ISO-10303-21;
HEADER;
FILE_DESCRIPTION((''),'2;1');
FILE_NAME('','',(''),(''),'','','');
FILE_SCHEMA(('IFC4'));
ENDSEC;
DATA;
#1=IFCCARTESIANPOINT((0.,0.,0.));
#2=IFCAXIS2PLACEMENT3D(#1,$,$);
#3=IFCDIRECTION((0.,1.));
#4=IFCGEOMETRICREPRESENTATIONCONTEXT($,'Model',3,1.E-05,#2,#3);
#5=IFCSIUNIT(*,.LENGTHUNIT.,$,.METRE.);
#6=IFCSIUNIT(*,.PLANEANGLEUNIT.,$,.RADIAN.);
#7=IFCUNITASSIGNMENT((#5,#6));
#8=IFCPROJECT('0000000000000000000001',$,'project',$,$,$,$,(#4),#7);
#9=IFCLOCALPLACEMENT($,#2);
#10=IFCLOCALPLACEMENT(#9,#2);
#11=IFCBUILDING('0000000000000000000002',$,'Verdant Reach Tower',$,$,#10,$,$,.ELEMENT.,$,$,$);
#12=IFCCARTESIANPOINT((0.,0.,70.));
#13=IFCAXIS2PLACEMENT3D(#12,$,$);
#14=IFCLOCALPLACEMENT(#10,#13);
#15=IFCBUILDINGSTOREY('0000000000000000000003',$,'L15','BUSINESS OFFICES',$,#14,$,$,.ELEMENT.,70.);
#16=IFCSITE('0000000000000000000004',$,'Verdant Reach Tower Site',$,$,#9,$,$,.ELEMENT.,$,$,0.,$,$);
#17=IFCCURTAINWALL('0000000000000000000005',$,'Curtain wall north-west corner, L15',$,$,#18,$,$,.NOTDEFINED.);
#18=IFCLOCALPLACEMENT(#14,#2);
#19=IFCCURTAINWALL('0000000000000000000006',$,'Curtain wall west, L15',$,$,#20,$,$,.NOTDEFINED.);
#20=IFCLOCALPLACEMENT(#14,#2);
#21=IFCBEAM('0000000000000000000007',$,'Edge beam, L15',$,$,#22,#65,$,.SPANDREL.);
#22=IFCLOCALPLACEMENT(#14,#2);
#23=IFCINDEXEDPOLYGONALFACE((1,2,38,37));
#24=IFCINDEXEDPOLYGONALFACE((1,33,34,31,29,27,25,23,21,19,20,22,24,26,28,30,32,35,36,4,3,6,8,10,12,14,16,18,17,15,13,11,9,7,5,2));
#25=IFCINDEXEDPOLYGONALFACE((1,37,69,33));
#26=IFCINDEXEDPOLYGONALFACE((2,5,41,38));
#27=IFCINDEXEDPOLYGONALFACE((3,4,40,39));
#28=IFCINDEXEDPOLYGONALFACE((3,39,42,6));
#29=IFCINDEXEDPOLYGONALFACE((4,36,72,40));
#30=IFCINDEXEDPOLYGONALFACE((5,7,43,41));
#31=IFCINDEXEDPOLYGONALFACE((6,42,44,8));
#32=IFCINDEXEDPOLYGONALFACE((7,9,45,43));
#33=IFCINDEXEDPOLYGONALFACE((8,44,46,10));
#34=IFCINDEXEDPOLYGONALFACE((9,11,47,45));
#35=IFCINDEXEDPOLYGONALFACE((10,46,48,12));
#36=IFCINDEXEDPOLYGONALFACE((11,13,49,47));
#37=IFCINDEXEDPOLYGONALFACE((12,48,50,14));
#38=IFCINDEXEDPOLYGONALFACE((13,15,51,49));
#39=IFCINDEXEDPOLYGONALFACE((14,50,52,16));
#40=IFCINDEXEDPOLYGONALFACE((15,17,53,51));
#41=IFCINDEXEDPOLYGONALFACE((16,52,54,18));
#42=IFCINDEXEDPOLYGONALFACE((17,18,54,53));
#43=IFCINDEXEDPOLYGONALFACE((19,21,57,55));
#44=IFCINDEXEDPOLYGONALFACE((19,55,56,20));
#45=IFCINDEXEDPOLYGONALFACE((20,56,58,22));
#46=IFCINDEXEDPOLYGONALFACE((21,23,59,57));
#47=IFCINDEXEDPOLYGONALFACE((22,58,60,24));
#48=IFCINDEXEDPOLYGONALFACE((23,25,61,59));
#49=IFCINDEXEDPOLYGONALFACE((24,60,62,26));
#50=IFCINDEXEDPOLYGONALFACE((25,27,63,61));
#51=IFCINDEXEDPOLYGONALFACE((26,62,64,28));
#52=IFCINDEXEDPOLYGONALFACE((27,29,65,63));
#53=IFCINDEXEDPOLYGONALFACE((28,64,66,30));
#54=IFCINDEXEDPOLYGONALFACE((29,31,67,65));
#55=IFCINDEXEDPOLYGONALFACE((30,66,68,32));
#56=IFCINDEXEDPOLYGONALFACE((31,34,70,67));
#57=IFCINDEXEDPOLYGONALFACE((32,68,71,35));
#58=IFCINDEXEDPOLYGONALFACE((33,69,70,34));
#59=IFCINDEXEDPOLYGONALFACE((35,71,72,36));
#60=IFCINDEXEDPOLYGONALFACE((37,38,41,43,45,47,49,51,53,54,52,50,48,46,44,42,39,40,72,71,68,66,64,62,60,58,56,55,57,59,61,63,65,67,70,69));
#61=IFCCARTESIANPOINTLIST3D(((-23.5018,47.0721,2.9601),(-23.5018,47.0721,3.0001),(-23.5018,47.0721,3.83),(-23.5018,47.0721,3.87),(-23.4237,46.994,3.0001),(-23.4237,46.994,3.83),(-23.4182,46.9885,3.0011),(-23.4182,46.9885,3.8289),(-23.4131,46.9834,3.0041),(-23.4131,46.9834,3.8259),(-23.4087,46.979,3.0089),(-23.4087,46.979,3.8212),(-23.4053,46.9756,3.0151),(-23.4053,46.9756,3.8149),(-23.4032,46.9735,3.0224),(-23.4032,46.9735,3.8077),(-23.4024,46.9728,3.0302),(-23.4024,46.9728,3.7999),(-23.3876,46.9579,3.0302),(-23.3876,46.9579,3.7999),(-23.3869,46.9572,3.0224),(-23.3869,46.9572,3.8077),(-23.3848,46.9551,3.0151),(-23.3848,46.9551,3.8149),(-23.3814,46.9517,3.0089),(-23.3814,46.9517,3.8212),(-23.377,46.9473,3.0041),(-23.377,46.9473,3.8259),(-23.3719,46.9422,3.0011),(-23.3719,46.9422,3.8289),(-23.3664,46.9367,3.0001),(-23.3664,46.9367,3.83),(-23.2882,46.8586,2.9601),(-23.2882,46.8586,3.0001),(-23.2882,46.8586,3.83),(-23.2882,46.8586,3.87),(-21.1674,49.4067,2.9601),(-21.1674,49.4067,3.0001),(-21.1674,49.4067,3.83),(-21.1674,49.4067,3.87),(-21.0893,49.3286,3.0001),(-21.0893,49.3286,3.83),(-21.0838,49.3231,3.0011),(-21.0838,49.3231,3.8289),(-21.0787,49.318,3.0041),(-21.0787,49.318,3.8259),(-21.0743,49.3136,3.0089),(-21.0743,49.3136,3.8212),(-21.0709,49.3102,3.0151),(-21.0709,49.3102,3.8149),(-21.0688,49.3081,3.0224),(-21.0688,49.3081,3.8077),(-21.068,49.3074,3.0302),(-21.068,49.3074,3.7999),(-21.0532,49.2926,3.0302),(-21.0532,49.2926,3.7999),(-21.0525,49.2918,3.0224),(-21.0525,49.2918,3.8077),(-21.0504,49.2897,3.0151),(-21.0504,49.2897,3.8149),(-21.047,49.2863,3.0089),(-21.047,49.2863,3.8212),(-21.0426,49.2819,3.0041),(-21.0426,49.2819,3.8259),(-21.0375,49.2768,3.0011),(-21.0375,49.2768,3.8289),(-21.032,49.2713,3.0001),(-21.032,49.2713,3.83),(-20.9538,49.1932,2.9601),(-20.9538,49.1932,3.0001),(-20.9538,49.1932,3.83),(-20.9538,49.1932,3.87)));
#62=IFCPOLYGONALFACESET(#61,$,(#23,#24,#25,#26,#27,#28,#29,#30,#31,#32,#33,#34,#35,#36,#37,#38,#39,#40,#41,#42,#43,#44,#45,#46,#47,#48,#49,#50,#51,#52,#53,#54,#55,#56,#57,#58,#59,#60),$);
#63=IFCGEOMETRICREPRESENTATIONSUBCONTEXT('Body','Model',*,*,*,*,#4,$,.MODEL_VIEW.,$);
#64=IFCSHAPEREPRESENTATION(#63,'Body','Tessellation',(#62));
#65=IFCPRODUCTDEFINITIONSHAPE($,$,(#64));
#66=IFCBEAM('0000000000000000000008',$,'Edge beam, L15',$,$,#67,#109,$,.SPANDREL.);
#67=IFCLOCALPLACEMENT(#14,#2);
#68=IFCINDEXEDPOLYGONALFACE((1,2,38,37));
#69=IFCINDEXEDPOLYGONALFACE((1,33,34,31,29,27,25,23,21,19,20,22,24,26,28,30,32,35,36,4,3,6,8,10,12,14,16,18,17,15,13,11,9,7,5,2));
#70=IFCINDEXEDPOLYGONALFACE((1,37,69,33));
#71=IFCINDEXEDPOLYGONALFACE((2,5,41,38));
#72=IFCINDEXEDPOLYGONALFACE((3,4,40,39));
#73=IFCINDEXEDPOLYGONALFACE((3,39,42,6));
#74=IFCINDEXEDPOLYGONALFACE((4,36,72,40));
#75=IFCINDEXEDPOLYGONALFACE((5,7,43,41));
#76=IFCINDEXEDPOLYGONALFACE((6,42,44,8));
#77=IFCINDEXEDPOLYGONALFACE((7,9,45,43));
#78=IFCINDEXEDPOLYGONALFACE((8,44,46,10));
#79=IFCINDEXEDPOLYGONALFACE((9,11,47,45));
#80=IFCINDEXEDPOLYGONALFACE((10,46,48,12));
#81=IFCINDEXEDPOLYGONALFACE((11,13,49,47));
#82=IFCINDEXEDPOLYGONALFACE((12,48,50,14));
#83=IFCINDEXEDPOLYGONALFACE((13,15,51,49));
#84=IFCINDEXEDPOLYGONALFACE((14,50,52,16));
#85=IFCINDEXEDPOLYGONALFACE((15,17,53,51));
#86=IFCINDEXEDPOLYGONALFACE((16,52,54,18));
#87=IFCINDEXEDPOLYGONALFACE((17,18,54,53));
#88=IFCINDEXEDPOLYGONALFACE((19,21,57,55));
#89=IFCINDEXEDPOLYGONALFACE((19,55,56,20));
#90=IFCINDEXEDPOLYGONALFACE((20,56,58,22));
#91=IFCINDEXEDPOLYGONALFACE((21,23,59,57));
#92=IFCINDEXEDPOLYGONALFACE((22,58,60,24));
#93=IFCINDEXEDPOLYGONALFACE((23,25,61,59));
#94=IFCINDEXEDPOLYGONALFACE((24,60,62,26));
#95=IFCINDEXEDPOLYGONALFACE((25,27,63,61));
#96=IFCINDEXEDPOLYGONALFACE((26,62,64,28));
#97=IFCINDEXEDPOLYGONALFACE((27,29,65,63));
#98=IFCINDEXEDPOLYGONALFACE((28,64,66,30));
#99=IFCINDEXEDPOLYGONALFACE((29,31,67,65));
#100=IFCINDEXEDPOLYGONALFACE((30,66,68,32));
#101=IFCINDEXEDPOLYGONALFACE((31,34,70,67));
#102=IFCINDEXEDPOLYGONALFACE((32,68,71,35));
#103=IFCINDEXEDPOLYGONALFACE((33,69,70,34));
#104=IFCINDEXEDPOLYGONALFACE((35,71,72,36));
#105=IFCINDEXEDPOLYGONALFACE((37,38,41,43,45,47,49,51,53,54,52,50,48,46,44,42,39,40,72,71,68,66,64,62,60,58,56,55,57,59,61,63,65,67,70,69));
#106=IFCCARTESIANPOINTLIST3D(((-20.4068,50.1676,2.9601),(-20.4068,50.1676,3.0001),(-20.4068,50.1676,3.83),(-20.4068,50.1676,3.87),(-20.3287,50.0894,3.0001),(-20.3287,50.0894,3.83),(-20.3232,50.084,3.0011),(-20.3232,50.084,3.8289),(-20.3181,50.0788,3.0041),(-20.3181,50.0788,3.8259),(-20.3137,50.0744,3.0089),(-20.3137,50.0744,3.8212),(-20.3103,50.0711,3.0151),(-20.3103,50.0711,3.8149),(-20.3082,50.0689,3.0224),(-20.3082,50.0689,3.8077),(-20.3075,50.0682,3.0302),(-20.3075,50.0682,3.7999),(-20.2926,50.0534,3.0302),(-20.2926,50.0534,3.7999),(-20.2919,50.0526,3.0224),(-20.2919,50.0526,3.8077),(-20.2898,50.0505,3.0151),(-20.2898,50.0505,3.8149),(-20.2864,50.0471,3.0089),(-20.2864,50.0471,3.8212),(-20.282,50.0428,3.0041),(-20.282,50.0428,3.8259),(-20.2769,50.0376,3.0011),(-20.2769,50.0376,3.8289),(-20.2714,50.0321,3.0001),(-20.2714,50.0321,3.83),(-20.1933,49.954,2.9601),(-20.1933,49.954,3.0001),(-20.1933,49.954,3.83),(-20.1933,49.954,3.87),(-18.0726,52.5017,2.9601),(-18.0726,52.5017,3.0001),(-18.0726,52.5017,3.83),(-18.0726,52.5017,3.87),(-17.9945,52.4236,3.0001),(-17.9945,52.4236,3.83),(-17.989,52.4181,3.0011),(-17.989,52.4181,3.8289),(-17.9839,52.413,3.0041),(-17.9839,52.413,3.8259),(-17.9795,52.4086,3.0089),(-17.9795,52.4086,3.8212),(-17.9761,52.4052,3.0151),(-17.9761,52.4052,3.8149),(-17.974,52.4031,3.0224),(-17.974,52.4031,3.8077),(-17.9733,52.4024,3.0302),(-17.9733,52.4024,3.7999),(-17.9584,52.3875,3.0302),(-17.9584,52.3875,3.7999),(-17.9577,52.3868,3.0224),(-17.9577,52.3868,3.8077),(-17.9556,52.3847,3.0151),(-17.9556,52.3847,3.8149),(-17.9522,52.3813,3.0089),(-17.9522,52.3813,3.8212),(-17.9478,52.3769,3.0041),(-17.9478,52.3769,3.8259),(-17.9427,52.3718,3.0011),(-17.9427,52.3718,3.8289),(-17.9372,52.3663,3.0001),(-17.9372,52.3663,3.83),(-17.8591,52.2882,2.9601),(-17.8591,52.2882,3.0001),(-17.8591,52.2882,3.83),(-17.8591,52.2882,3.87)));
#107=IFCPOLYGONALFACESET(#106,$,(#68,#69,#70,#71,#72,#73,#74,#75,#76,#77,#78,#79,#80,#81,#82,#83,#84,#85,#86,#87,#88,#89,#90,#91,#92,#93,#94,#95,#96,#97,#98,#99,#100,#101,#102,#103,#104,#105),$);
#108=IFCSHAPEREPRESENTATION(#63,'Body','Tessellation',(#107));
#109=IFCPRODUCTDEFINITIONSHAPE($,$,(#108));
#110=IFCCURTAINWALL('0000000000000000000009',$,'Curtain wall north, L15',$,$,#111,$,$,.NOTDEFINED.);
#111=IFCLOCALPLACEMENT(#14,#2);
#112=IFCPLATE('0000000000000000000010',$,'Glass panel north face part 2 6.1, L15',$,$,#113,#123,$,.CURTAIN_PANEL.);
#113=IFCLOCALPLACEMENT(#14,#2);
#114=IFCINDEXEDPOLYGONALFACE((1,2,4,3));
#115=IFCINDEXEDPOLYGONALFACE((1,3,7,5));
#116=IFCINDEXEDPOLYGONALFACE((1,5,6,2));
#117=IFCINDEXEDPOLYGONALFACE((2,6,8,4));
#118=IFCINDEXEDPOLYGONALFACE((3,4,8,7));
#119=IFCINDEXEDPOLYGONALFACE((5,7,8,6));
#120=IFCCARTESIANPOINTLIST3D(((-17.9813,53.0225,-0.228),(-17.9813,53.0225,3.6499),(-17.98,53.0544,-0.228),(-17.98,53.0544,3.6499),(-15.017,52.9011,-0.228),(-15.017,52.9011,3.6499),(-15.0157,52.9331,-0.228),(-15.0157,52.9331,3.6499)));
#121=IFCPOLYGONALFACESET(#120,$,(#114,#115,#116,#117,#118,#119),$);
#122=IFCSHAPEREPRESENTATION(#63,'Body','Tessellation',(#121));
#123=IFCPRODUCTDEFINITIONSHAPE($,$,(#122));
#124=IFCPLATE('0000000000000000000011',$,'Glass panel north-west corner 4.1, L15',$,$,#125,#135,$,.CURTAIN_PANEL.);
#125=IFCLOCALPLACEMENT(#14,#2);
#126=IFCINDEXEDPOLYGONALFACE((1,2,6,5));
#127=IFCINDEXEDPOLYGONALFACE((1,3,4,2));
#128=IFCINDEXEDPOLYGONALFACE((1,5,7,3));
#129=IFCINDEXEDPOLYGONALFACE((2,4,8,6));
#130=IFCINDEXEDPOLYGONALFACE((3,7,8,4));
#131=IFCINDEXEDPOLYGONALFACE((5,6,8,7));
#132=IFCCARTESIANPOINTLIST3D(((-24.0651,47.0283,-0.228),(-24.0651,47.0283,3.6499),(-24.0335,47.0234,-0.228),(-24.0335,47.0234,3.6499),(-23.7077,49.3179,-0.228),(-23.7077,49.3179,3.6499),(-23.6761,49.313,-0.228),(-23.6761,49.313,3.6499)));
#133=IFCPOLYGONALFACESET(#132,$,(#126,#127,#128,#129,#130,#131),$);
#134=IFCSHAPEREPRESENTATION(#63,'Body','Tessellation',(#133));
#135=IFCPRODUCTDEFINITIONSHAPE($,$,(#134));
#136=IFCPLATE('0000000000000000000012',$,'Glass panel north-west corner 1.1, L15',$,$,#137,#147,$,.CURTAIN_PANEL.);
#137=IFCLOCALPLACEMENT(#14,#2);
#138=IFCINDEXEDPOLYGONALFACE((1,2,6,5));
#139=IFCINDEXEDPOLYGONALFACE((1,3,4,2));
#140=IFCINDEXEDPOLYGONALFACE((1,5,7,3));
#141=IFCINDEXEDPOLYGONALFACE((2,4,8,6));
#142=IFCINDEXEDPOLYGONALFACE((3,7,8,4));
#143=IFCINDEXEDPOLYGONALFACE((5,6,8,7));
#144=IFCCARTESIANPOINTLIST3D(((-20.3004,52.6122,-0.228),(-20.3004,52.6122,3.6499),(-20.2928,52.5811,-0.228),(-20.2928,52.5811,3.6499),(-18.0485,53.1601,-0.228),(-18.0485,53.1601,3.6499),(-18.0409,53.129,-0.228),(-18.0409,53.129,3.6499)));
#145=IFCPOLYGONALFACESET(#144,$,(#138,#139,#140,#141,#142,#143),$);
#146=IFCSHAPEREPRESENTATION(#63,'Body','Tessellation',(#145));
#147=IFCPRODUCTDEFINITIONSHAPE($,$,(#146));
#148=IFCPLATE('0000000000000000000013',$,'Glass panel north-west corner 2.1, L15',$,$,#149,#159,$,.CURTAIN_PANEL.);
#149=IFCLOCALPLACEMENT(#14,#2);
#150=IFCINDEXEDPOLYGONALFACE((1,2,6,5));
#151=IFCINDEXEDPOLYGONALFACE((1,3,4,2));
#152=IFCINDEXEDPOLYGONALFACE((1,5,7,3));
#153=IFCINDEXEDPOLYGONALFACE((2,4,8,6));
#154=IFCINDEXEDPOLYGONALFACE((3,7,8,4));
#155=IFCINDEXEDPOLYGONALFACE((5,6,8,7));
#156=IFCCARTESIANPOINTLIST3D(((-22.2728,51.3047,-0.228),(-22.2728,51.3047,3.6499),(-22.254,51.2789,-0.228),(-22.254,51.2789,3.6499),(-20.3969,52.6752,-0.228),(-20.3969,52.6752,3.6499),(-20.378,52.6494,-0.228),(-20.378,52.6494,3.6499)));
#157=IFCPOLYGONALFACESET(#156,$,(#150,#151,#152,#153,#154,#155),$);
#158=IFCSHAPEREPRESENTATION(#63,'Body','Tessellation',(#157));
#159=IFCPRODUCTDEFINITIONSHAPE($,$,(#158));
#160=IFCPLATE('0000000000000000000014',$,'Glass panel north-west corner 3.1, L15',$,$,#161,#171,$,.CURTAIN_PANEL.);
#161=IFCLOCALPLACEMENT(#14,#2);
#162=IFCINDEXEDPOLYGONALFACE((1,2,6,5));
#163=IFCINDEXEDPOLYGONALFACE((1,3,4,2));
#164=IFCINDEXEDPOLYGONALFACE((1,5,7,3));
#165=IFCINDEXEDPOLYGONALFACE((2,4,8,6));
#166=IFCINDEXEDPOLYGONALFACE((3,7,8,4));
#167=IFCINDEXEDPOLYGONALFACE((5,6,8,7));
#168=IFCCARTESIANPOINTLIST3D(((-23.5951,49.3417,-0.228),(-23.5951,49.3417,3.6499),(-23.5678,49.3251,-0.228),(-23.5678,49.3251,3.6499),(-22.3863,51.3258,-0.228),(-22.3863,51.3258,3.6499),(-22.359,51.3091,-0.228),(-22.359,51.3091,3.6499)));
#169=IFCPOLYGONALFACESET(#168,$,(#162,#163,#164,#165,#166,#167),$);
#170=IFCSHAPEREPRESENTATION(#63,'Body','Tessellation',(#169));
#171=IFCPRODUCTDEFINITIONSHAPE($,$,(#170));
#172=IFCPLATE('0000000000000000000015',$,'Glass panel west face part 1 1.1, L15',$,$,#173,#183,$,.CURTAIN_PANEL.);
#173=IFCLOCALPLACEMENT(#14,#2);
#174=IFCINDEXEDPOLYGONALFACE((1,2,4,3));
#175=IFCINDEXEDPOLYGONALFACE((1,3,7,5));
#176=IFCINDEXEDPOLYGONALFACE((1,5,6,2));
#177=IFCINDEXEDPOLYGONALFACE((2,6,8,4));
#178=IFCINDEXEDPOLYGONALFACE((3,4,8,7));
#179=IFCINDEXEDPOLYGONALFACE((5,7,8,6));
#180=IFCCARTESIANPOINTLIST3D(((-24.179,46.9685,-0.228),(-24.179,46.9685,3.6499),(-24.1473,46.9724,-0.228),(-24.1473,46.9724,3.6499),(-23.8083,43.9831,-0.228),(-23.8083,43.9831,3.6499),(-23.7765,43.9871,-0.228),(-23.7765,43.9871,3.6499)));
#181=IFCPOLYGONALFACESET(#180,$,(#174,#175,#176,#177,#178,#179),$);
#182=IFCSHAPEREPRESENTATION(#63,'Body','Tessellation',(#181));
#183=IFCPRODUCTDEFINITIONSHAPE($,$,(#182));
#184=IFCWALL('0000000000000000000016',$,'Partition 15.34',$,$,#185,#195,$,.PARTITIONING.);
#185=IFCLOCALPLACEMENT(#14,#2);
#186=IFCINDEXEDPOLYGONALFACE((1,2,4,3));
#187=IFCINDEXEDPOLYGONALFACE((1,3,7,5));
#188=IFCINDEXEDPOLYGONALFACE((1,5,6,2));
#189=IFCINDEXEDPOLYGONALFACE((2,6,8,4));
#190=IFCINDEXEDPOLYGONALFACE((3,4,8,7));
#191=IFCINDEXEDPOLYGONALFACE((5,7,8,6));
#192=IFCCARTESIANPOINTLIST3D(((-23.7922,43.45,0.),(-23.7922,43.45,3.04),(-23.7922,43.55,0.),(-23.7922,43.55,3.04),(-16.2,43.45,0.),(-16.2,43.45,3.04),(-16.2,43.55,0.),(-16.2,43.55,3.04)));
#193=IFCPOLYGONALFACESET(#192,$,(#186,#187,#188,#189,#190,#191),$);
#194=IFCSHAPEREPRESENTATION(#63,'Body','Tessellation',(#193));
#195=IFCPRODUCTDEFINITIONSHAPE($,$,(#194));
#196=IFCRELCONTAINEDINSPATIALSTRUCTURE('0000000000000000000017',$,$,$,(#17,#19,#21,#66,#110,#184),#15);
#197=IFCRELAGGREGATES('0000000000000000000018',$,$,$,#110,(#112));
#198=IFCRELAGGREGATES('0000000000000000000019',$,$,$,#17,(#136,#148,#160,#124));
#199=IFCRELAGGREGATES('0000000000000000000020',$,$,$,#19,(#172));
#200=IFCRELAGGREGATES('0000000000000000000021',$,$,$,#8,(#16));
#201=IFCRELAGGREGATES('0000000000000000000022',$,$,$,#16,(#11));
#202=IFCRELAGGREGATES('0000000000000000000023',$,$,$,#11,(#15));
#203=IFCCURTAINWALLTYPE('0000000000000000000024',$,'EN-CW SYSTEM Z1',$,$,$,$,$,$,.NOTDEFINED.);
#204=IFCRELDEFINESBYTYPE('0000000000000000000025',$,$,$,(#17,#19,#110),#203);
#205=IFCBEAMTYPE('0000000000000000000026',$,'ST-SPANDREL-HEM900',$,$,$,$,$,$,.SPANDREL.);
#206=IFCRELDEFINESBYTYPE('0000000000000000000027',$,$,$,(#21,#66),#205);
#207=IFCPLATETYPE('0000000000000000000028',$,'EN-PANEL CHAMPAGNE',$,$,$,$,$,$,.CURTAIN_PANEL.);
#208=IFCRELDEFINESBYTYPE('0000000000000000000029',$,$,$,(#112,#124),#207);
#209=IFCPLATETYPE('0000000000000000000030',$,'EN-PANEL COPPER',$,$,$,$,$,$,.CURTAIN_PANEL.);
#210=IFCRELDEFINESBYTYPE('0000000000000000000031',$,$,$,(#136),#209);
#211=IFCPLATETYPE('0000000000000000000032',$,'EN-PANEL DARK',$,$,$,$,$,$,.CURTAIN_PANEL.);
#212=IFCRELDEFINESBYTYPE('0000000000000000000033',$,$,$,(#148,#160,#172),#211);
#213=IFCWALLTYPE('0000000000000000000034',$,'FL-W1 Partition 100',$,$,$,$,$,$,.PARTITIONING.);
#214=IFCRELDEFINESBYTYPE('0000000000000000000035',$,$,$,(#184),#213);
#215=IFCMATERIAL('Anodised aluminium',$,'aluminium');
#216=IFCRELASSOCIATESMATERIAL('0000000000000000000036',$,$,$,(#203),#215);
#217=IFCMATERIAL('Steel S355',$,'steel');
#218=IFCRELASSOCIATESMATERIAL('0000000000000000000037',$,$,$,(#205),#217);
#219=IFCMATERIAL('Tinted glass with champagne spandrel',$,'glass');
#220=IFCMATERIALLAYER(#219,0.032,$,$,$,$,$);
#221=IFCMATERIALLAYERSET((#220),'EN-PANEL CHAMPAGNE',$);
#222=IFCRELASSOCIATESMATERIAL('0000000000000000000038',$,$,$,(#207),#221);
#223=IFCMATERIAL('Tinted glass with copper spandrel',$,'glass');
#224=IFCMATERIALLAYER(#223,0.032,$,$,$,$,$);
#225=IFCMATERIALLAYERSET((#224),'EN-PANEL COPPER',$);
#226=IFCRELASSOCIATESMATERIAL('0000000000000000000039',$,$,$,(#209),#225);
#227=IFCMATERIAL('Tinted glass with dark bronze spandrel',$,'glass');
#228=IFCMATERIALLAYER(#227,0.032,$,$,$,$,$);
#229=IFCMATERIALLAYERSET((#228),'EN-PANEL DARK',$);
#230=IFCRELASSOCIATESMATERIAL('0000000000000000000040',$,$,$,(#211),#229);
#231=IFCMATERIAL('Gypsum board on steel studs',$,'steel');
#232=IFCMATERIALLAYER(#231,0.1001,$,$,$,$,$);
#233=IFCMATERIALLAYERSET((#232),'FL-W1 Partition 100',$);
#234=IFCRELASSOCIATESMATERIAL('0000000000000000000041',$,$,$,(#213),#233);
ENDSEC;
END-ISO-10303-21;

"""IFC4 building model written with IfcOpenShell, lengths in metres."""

from ifc_helpers import new_model, si_unit, direction, frame, frame_2d, origin, origin_2d, place, context, subcontext, project, spatial, rectangle, i_section, extrude, material, layer, layer_set, material_profile, profile_set, type_object, element, aggregate, save


model = new_model("IFC4")

# Units and contexts
model_context = context("Model", 3, precision=1e-05, world=origin(), true_north=direction((0.0, 1.0)))
body_context = subcontext(model_context, "Body", "Model", "MODEL_VIEW")
ifc_project = project(units=[si_unit("LENGTHUNIT", "METRE"), si_unit("PLANEANGLEUNIT", "RADIAN")], contexts=[model_context])

# Site, building, storey
site_placement = place(None, origin())
site = spatial("IfcSite", under=ifc_project, at=site_placement, Name="Verdant Reach Tower Site", CompositionType="ELEMENT", RefElevation=0.0)
building_placement = place(site_placement, origin())
building = spatial("IfcBuilding", under=site, at=building_placement, Name="Verdant Reach Tower", CompositionType="ELEMENT")
storey_placement = place(building_placement, frame((0.0, 0.0, 70.0)))
storey = spatial("IfcBuildingStorey", under=building, at=storey_placement, Name="L15", Description="BUSINESS OFFICES", CompositionType="ELEMENT", Elevation=70.0)

# Curtain walls
ifc_material_1 = material(Name="Anodised aluminium", Category="aluminium")
curtain_wall_type = type_object("IfcCurtainWallType", Name="EN-CW SYSTEM Z1", PredefinedType="NOTDEFINED", material=ifc_material_1)
curtain_wall_1_placement = place(storey_placement, origin())
curtain_wall_1 = element("IfcCurtainWall", 1, at=curtain_wall_1_placement, inside=storey, type_object=curtain_wall_type, Name="Curtain wall north-west corner, L15", PredefinedType="NOTDEFINED")
curtain_wall_2_placement = place(storey_placement, origin())
curtain_wall_2 = element("IfcCurtainWall", 2, at=curtain_wall_2_placement, inside=storey, type_object=curtain_wall_type, Name="Curtain wall west, L15", PredefinedType="NOTDEFINED")

# Beams
ifc_material_2 = material(Name="Steel S355", Category="steel")
ifc_material_profile_1 = material_profile(ifc_material_2, i_section(OverallWidth=0.302, OverallDepth=0.9099, WebThickness=0.021, FlangeThickness=0.04, FilletRadius=0.03, at=origin_2d()), Name="HEM 900")
ifc_profile_set_1 = profile_set([ifc_material_profile_1], Name="Steel S355")
beam_type_1 = type_object("IfcBeamType", Name="ST-SPANDREL-HEM900", PredefinedType="SPANDREL", material=ifc_profile_set_1)
beam_1_placement = place(storey_placement, frame((-23.395, 46.9653, 3.415), z_axis=(0.70707, 0.707144, 0.0), x_axis=(-0.707144, 0.70707, 0.0)))
element("IfcBeam", 3, at=beam_1_placement, inside=storey, type_object=beam_type_1, Name="Edge beam, L15", PredefinedType="SPANDREL", context=body_context, shape_type="SweptSolid", body=[
    extrude(i_section(OverallWidth=0.302, OverallDepth=0.9099, WebThickness=0.021, FlangeThickness=0.04, FilletRadius=0.03, at=origin_2d()), origin(), (0.0, 0.0, 1.0), 3.3015),
])
beam_2_placement = place(storey_placement, frame((-20.3, 50.0608, 3.415), z_axis=(0.707107, 0.707107, 0.0), x_axis=(-0.707107, 0.707107, 0.0)))
element("IfcBeam", 4, at=beam_2_placement, inside=storey, type_object=beam_type_1, Name="Edge beam, L15", PredefinedType="SPANDREL", context=body_context, shape_type="SweptSolid", body=[
    extrude(i_section(OverallWidth=0.302, OverallDepth=0.9099, WebThickness=0.021, FlangeThickness=0.04, FilletRadius=0.03, at=origin_2d()), origin(), (0.0, 0.0, 1.0), 3.301),
])

# Curtain wall, plate
curtain_wall_3_placement = place(storey_placement, origin())
curtain_wall_3 = element("IfcCurtainWall", 5, at=curtain_wall_3_placement, inside=storey, type_object=curtain_wall_type, Name="Curtain wall north, L15", PredefinedType="NOTDEFINED")
ifc_material_3 = material(Name="Tinted glass with champagne spandrel", Category="glass")
ifc_layer_1 = layer(ifc_material_3, 0.032)
ifc_layer_set_1 = layer_set([ifc_layer_1], Name="EN-PANEL CHAMPAGNE")
plate_type_1 = type_object("IfcPlateType", Name="EN-PANEL CHAMPAGNE", PredefinedType="CURTAIN_PANEL", material=ifc_layer_set_1)
plate_1_placement = place(storey_placement, frame((-16.4985, 52.9778, -0.228), z_axis=(0.0, 0.0, 1.0), x_axis=(-0.999163, 0.04091, 0.0)))
plate_1 = element("IfcPlate", 6, at=plate_1_placement, type_object=plate_type_1, Name="Glass panel north face part 2 6.1, L15", PredefinedType="CURTAIN_PANEL", context=body_context, shape_type="SweptSolid", body=[
    extrude(rectangle(XDim=2.9668, YDim=0.032, at=origin_2d()), origin(), (0.0, 0.0, 1.0), 3.8779),
])
aggregate(curtain_wall_3, [plate_1])

# Plates
plate_2_placement = place(storey_placement, frame((-23.8706, 48.1707, -0.228), z_axis=(0.0, 0.0, 1.0), x_axis=(-0.154248, -0.988032, 0.0)))
plate_2 = element("IfcPlate", 7, at=plate_2_placement, type_object=plate_type_1, Name="Glass panel north-west corner 4.1, L15", PredefinedType="CURTAIN_PANEL", context=body_context, shape_type="SweptSolid", body=[
    extrude(rectangle(XDim=2.3174, YDim=0.032, at=origin_2d()), origin(), (0.0, 0.0, 1.0), 3.8779),
])
ifc_material_4 = material(Name="Tinted glass with copper spandrel", Category="glass")
ifc_layer_2 = layer(ifc_material_4, 0.032)
ifc_layer_set_2 = layer_set([ifc_layer_2], Name="EN-PANEL COPPER")
plate_type_2 = type_object("IfcPlateType", Name="EN-PANEL COPPER", PredefinedType="CURTAIN_PANEL", material=ifc_layer_set_2)
plate_3_placement = place(storey_placement, frame((-19.1707, 52.8706, -0.228), z_axis=(0.0, 0.0, 1.0), x_axis=(-0.971661, -0.23638, 0.0)))
plate_3 = element("IfcPlate", 8, at=plate_3_placement, type_object=plate_type_2, Name="Glass panel north-west corner 1.1, L15", PredefinedType="CURTAIN_PANEL", context=body_context, shape_type="SweptSolid", body=[
    extrude(rectangle(XDim=2.3176, YDim=0.032, at=origin_2d()), origin(), (0.0, 0.0, 1.0), 3.8779),
])
ifc_material_5 = material(Name="Tinted glass with dark bronze spandrel", Category="glass")
ifc_layer_3 = layer(ifc_material_5, 0.032)
ifc_layer_set_3 = layer_set([ifc_layer_3], Name="EN-PANEL DARK")
plate_type_3 = type_object("IfcPlateType", Name="EN-PANEL DARK", PredefinedType="CURTAIN_PANEL", material=ifc_layer_set_3)
plate_4_placement = place(storey_placement, frame((-21.3254, 51.9771, -0.228), z_axis=(0.0, 0.0, 1.0), x_axis=(-0.807457, -0.589927, 0.0)))
plate_4 = element("IfcPlate", 9, at=plate_4_placement, type_object=plate_type_3, Name="Glass panel north-west corner 2.1, L15", PredefinedType="CURTAIN_PANEL", context=body_context, shape_type="SweptSolid", body=[
    extrude(rectangle(XDim=2.3232, YDim=0.032, at=origin_2d()), origin(), (0.0, 0.0, 1.0), 3.8779),
])
plate_5_placement = place(storey_placement, frame((-22.9771, 50.3254, -0.228), z_axis=(0.0, 0.0, 1.0), x_axis=(-0.520292, -0.853989, 0.0)))
plate_5 = element("IfcPlate", 10, at=plate_5_placement, type_object=plate_type_3, Name="Glass panel north-west corner 3.1, L15", PredefinedType="CURTAIN_PANEL", context=body_context, shape_type="SweptSolid", body=[
    extrude(rectangle(XDim=2.3232, YDim=0.032, at=origin_2d()), origin(), (0.0, 0.0, 1.0), 3.8779),
])
aggregate(curtain_wall_1, [plate_3, plate_4, plate_5, plate_2])
plate_6_placement = place(storey_placement, frame((-23.9778, 45.4778, -0.228), z_axis=(0.0, 0.0, 1.0), x_axis=(0.123256, -0.992375, 0.0)))
plate_6 = element("IfcPlate", 11, at=plate_6_placement, type_object=plate_type_3, Name="Glass panel west face part 1 1.1, L15", PredefinedType="CURTAIN_PANEL", context=body_context, shape_type="SweptSolid", body=[
    extrude(rectangle(XDim=3.0083, YDim=0.032, at=origin_2d()), origin(), (0.0, 0.0, 1.0), 3.8779),
])
aggregate(curtain_wall_2, [plate_6])

# Wall
ifc_material_6 = material(Name="Gypsum board on steel studs", Category="steel")
ifc_layer_4 = layer(ifc_material_6, 0.1001)
ifc_layer_set_4 = layer_set([ifc_layer_4], Name="FL-W1 Partition 100")
wall_type_1 = type_object("IfcWallType", Name="FL-W1 Partition 100", PredefinedType="PARTITIONING", material=ifc_layer_set_4)
wall_1_placement = place(storey_placement, frame((-16.2, 43.5, 0.0), z_axis=(0.0, 0.0, 1.0), x_axis=(-1.0, 0.0, 0.0)))
element("IfcWall", 12, at=wall_1_placement, inside=storey, type_object=wall_type_1, Name="Partition 15.34", PredefinedType="PARTITIONING", context=body_context, shape_type="SweptSolid", body=[
    extrude(rectangle(XDim=7.5923, YDim=0.1001, at=frame_2d((3.7961, 0.0))), origin(), (0.0, 0.0, 1.0), 3.04),
])

save(model, "model.ifc")
